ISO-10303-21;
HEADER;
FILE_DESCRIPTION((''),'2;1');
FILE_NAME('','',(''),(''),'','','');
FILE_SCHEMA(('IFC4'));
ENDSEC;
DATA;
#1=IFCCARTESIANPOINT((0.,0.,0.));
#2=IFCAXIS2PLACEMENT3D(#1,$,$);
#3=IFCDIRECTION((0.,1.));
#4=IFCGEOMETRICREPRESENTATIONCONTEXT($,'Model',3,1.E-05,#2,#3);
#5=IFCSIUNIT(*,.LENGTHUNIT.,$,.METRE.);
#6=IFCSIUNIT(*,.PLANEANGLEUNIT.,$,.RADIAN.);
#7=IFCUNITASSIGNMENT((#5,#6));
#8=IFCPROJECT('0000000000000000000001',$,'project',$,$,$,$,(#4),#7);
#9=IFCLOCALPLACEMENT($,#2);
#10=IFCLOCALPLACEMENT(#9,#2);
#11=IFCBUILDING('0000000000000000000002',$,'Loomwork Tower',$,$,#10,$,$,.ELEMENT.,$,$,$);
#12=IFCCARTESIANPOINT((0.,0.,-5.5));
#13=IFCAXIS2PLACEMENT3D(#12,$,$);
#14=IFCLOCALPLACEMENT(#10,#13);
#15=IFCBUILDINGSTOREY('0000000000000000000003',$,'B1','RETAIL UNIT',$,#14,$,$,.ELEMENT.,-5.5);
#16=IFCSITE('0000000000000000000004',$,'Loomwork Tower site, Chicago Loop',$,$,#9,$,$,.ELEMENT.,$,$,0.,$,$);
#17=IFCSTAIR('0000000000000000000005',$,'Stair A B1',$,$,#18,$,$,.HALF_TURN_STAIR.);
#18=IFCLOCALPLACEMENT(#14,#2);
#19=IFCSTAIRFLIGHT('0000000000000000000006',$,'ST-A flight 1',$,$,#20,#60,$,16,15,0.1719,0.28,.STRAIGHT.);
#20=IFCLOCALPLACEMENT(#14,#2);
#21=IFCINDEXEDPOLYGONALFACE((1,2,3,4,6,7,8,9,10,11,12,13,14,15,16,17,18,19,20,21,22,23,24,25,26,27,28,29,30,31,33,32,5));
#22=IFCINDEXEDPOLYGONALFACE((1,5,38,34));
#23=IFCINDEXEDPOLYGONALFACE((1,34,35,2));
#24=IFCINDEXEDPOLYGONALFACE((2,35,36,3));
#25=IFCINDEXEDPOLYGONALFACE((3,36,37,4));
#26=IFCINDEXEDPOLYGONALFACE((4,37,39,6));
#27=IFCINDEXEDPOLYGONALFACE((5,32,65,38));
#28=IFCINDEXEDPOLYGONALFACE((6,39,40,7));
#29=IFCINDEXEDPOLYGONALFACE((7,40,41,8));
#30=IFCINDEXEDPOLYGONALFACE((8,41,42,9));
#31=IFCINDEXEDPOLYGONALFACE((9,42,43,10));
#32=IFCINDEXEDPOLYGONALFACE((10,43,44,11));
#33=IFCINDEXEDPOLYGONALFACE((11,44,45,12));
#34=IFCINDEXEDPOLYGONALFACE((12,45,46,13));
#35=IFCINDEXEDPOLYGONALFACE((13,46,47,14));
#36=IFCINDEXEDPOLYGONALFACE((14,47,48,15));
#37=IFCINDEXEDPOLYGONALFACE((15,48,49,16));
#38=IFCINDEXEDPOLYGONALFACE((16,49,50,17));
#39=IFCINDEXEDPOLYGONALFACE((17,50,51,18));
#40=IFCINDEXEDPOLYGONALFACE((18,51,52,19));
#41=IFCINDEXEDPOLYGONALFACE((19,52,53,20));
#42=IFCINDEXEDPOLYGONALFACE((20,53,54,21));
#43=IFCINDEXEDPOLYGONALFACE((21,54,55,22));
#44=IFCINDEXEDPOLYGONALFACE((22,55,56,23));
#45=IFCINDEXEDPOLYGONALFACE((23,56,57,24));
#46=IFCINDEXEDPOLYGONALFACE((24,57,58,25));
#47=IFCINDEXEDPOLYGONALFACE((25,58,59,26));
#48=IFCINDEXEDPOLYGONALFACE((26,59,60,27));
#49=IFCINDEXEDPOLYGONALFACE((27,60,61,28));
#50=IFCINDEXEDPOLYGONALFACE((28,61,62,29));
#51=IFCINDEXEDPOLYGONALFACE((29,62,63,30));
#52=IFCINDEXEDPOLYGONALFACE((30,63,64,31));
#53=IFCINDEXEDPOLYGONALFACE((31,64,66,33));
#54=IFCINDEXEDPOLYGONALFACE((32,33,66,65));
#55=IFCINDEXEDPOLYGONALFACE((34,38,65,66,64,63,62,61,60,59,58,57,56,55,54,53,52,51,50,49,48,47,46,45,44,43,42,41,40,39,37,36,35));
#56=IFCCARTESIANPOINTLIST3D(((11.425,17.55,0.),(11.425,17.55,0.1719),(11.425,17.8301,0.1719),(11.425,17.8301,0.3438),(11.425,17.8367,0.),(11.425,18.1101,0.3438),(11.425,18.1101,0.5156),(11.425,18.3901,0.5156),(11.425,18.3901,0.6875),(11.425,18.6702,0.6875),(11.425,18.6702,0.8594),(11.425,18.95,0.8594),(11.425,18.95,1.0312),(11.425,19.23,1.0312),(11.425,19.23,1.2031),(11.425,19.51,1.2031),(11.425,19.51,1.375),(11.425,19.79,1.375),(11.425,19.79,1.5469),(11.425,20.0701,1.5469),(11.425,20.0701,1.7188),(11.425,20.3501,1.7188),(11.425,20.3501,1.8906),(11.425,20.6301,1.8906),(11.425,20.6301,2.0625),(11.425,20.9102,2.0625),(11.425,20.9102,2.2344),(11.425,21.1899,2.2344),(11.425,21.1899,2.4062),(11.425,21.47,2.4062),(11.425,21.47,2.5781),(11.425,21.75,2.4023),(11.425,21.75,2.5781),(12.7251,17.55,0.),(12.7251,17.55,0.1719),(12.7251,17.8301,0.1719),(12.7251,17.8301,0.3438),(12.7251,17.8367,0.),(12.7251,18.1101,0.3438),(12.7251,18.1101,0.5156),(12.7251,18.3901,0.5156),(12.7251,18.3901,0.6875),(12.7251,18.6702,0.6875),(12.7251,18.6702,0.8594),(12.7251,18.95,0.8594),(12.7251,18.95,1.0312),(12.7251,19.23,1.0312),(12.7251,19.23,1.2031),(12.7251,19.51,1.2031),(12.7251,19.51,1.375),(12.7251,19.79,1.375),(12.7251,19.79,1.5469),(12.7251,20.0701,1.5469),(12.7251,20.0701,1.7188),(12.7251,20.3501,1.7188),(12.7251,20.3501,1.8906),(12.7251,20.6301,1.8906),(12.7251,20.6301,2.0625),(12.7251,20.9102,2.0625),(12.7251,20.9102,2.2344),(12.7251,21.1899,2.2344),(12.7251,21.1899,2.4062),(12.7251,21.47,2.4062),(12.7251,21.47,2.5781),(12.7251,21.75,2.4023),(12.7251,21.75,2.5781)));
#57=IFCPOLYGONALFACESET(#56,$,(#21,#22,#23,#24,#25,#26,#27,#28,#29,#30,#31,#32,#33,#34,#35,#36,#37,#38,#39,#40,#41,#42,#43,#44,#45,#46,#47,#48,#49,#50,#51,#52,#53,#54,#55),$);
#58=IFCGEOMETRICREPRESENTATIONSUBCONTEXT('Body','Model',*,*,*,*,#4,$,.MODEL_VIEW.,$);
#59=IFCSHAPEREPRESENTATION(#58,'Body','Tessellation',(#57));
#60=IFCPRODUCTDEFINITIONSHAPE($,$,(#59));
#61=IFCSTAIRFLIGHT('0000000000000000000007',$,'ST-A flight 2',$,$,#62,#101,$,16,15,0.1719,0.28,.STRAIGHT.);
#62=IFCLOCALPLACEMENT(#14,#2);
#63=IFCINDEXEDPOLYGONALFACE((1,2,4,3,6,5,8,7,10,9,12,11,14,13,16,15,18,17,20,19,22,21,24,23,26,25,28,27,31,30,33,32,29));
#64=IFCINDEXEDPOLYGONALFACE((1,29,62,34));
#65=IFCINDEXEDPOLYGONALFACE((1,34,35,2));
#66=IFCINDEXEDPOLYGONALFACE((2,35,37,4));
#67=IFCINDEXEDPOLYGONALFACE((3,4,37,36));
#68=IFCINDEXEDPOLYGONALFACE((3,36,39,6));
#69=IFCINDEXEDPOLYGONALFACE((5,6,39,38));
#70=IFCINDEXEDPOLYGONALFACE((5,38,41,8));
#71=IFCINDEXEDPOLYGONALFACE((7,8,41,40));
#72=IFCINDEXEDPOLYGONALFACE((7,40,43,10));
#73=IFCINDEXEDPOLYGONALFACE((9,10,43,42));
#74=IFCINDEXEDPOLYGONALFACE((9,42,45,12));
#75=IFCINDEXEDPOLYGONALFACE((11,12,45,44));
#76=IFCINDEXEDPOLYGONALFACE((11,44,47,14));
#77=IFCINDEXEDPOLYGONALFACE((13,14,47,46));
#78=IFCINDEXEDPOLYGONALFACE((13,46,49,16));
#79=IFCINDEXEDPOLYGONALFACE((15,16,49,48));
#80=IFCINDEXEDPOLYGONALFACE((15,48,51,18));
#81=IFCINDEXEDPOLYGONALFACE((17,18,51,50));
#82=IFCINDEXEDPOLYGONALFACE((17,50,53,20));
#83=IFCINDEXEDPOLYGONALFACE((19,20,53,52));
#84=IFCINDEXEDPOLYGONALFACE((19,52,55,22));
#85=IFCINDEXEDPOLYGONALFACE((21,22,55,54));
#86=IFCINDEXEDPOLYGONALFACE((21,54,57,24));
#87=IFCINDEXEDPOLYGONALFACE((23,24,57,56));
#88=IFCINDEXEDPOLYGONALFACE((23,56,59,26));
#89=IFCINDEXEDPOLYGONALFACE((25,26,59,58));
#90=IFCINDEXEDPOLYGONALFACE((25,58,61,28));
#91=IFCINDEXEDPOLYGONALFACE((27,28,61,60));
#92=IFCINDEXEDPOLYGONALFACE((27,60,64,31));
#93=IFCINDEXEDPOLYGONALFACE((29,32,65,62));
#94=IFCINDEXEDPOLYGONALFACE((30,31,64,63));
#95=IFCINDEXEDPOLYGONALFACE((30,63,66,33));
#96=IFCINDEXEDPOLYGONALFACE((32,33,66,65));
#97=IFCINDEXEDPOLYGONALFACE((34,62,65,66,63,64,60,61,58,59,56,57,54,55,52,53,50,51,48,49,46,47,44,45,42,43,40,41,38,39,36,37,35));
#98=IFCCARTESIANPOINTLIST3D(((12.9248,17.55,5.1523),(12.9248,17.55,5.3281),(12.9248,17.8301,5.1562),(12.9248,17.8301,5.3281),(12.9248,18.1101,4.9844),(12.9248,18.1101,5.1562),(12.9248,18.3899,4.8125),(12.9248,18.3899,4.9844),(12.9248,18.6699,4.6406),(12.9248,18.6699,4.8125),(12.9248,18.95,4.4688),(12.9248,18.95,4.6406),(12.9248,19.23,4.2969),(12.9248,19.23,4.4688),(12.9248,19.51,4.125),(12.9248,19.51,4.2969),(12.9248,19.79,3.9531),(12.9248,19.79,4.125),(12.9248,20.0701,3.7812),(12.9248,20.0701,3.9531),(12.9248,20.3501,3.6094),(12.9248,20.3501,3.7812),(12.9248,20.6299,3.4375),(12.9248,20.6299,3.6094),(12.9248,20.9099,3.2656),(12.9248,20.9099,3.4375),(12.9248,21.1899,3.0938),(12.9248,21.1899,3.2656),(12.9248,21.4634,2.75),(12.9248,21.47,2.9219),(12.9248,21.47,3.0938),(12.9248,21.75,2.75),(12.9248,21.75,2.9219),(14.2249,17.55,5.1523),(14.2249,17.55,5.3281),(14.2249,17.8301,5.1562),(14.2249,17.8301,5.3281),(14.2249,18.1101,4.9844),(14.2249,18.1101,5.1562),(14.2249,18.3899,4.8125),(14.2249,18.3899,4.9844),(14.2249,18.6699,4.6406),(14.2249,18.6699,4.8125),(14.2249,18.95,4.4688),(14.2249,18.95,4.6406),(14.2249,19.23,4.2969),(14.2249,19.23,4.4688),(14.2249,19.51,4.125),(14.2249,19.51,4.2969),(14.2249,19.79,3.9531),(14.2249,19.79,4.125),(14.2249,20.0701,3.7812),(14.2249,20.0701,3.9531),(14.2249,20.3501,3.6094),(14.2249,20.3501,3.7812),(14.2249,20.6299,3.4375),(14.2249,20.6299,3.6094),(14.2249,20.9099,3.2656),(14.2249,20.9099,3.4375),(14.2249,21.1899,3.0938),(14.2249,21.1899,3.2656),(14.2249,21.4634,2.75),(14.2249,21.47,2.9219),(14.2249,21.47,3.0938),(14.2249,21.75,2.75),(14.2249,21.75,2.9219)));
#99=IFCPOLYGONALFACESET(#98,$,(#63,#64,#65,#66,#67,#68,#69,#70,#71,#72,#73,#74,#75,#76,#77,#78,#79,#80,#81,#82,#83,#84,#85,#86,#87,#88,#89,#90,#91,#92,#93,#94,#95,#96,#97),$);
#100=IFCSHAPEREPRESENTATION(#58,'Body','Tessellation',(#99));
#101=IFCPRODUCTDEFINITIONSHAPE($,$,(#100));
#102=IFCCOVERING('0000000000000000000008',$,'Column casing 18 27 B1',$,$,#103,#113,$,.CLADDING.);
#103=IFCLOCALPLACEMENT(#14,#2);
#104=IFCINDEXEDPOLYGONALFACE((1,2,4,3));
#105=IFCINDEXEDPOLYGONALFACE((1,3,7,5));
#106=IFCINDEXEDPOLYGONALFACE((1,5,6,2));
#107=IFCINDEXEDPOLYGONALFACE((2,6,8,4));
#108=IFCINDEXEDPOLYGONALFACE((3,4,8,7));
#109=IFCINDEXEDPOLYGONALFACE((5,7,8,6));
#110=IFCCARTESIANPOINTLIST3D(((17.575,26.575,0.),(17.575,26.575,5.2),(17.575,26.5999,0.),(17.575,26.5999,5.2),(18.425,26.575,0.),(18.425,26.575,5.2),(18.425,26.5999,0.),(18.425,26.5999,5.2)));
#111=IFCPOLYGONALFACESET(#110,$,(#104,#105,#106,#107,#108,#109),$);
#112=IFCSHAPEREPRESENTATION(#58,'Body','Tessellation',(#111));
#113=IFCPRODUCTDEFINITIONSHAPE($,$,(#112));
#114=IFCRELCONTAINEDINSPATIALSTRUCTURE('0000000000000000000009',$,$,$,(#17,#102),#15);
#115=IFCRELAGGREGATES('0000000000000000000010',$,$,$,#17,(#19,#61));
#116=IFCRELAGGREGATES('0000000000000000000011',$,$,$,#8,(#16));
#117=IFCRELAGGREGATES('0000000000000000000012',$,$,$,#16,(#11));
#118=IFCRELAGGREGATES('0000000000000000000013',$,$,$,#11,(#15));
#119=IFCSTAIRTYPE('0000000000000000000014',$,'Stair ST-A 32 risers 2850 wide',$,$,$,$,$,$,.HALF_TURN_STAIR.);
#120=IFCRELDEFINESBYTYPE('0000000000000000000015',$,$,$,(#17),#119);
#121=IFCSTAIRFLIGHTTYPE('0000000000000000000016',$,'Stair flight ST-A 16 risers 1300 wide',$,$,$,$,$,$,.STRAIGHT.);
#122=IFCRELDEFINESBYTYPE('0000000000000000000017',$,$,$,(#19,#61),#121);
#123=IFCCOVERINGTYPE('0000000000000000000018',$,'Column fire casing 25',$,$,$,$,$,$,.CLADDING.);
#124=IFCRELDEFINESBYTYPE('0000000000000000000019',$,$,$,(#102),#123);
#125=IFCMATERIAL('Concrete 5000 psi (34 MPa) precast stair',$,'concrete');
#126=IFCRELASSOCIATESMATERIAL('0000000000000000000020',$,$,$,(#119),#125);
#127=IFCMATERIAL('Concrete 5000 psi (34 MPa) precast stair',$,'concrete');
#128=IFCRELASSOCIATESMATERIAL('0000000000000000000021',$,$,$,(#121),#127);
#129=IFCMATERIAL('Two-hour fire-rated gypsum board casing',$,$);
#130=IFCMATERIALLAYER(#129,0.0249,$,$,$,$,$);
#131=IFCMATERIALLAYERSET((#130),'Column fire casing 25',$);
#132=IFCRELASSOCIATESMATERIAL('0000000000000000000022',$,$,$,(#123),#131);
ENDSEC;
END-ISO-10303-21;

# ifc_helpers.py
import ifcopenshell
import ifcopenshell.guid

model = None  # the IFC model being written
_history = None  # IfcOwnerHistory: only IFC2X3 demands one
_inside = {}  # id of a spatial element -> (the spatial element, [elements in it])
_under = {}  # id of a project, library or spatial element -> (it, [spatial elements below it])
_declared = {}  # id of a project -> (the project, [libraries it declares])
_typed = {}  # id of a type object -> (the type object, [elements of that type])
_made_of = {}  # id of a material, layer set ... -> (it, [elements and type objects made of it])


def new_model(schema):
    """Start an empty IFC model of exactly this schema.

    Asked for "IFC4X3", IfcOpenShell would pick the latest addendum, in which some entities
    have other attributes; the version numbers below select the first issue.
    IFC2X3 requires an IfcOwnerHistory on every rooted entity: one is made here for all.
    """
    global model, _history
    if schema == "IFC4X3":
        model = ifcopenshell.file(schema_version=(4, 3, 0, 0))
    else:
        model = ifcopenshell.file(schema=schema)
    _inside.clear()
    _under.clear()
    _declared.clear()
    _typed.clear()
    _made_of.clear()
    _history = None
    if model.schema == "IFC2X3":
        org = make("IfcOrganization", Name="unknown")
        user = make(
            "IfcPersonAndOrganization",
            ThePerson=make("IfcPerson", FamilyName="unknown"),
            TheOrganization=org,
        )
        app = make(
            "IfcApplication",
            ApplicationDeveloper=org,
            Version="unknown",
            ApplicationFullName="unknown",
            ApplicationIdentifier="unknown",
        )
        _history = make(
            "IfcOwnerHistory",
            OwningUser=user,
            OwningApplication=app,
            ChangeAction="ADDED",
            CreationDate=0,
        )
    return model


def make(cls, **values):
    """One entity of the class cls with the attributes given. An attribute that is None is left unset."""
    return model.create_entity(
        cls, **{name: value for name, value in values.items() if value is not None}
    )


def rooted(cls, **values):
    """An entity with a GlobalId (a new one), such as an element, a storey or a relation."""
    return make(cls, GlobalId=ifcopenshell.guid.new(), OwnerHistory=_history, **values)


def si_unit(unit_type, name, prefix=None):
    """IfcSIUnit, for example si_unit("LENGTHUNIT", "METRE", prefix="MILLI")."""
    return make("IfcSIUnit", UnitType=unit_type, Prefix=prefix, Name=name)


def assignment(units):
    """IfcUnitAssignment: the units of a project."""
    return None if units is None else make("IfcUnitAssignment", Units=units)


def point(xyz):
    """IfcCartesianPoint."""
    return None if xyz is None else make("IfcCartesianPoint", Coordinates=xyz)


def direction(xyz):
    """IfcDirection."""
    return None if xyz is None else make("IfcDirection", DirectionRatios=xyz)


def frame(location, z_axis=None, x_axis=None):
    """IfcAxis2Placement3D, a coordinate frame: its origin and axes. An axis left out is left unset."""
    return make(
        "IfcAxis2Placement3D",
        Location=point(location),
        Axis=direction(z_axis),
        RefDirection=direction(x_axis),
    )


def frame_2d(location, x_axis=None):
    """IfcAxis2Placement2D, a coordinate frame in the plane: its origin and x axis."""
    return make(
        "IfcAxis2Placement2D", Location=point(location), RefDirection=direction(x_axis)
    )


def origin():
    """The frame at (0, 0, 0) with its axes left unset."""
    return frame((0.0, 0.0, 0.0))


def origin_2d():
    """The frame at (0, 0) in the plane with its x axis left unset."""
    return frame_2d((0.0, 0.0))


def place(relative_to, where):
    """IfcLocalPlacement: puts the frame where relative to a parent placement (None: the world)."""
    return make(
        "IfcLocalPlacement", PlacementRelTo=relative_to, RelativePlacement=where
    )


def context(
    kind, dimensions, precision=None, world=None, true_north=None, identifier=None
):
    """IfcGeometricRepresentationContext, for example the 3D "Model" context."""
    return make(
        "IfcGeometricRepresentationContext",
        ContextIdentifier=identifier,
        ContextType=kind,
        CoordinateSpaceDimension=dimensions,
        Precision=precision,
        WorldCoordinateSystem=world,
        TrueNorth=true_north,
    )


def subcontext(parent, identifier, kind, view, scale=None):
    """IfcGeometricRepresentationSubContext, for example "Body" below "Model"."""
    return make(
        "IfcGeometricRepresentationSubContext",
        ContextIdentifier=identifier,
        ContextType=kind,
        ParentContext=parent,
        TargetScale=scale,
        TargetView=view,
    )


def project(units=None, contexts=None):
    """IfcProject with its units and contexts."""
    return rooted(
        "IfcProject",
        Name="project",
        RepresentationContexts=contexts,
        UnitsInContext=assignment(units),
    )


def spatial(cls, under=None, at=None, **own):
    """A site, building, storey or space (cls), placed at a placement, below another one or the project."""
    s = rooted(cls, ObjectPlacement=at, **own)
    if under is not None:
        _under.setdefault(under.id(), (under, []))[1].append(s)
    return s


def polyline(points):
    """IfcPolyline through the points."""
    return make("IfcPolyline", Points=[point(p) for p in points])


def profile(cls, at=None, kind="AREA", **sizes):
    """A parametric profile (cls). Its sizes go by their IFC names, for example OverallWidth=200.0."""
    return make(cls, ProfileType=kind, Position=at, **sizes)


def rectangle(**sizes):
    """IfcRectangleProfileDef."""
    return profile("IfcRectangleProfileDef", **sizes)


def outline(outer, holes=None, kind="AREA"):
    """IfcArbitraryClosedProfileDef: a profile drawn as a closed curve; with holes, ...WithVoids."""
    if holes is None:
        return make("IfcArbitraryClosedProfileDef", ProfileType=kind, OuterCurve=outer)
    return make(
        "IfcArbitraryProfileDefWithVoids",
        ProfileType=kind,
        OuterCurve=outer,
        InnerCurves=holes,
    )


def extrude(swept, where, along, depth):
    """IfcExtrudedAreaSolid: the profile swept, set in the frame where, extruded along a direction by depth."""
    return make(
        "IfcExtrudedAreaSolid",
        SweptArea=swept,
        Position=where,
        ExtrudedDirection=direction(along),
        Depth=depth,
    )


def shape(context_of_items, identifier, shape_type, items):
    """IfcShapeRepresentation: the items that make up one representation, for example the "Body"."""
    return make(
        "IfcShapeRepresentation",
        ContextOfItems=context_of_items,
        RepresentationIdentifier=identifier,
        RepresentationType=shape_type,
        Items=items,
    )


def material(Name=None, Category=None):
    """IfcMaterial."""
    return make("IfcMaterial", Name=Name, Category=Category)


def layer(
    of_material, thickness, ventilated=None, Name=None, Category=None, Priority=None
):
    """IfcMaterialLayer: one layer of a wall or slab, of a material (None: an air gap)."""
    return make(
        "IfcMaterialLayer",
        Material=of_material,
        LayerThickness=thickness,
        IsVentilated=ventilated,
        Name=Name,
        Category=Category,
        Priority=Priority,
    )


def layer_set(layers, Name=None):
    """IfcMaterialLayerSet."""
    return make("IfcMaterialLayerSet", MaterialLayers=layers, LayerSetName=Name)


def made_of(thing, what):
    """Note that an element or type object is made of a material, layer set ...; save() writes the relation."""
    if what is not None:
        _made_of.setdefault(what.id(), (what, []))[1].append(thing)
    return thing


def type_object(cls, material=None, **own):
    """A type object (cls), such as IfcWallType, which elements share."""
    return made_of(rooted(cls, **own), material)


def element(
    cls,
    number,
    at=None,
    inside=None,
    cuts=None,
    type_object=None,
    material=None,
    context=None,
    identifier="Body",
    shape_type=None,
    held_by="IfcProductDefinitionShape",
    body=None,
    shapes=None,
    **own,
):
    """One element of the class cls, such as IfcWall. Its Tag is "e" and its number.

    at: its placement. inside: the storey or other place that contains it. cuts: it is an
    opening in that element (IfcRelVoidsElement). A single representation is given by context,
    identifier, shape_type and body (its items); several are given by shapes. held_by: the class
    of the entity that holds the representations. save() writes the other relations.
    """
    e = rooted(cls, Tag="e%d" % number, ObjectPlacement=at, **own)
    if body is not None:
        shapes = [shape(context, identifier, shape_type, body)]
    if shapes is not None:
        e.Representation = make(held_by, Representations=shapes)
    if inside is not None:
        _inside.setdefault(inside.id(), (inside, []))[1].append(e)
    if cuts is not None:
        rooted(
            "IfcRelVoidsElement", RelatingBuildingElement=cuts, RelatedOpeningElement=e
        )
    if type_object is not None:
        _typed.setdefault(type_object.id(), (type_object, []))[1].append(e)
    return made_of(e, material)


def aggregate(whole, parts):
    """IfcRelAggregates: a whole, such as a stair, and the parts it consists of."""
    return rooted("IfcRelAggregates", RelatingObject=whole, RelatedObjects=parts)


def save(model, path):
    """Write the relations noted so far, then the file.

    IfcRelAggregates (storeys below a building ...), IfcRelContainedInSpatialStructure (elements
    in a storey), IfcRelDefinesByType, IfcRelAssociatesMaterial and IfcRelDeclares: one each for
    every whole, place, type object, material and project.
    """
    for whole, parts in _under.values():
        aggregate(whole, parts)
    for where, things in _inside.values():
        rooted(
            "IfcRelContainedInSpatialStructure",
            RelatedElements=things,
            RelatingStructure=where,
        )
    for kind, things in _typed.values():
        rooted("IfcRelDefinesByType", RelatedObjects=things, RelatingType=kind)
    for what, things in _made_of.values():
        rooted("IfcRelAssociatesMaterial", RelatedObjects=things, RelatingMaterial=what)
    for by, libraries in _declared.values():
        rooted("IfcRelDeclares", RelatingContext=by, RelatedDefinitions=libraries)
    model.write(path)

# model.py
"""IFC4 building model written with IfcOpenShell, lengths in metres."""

from ifc_helpers import new_model, si_unit, direction, frame, origin, origin_2d, place, context, subcontext, project, spatial, polyline, rectangle, outline, extrude, material, layer, layer_set, type_object, element, aggregate, save


model = new_model("IFC4")

# Units and contexts
model_context = context("Model", 3, precision=1e-05, world=origin(), true_north=direction((0.0, 1.0)))
body_context = subcontext(model_context, "Body", "Model", "MODEL_VIEW")
ifc_project = project(units=[si_unit("LENGTHUNIT", "METRE"), si_unit("PLANEANGLEUNIT", "RADIAN")], contexts=[model_context])

# Site, building, storey
site_placement = place(None, origin())
site = spatial("IfcSite", under=ifc_project, at=site_placement, Name="Loomwork Tower site, Chicago Loop", CompositionType="ELEMENT", RefElevation=0.0)
building_placement = place(site_placement, origin())
building = spatial("IfcBuilding", under=site, at=building_placement, Name="Loomwork Tower", CompositionType="ELEMENT")
storey_placement = place(building_placement, frame((0.0, 0.0, -5.5)))
storey = spatial("IfcBuildingStorey", under=building, at=storey_placement, Name="B1", Description="RETAIL UNIT", CompositionType="ELEMENT", Elevation=-5.5)

# Stair, stair flights
ifc_material_1 = material(Name="Concrete 5000 psi (34 MPa) precast stair", Category="concrete")
stair_type = type_object("IfcStairType", Name="Stair ST-A 32 risers 2850 wide", PredefinedType="HALF_TURN_STAIR", material=ifc_material_1)
stair_placement = place(storey_placement, origin())
stair = element("IfcStair", 1, at=stair_placement, inside=storey, type_object=stair_type, Name="Stair A B1", PredefinedType="HALF_TURN_STAIR")
ifc_material_2 = material(Name="Concrete 5000 psi (34 MPa) precast stair", Category="concrete")
stair_flight_type = type_object("IfcStairFlightType", Name="Stair flight ST-A 16 risers 1300 wide", PredefinedType="STRAIGHT", material=ifc_material_2)
stair_flight_1_placement = place(storey_placement, frame((12.075, 17.55, 0.0), z_axis=(0.0, 0.0, 1.0), x_axis=(0.0, 1.0, 0.0)))
stair_flight_1 = element("IfcStairFlight", 2, at=stair_flight_1_placement, type_object=stair_flight_type, Name="ST-A flight 1", NumberOfRisers=16, NumberOfTreads=15, PredefinedType="STRAIGHT", RiserHeight=0.1719, TreadLength=0.28, context=body_context, shape_type="SweptSolid", body=[
    extrude(outline(polyline([(0.0, 0.0), (0.0, 0.1719), (0.28, 0.1719), (0.28, 0.3438), (0.5601, 0.3438), (0.5601, 0.5156), (0.8401, 0.5156), (0.8401, 0.6875), (1.1201, 0.6875), (1.1201, 0.8594), (1.3999, 0.8594), (1.3999, 1.0312), (1.6799, 1.0312), (1.6799, 1.2031), (1.96, 1.2031), (1.96, 1.375), (2.24, 1.375), (2.24, 1.5469), (2.52, 1.5469), (2.52, 1.7188), (2.8, 1.7188), (2.8, 1.8906), (3.0801, 1.8906), (3.0801, 2.0625), (3.3601, 2.0625), (3.3601, 2.2344), (3.6399, 2.2344), (3.6399, 2.4062), (3.9199, 2.4062), (3.9199, 2.5781), (4.2, 2.5781), (4.2, 2.75), (4.2, 2.4023), (0.2866, 0.0), (0.0, 0.0)])), frame((0.0, 0.6499, 0.0), z_axis=(0.0, -1.0, 0.0), x_axis=(1.0, 0.0, 0.0)), (0.0, 0.0, 1.0), 1.3),
])
stair_flight_2_placement = place(storey_placement, frame((13.575, 21.75, 2.75), z_axis=(0.0, 0.0, 1.0), x_axis=(0.0, -1.0, 0.0)))
stair_flight_2 = element("IfcStairFlight", 3, at=stair_flight_2_placement, type_object=stair_flight_type, Name="ST-A flight 2", NumberOfRisers=16, NumberOfTreads=15, PredefinedType="STRAIGHT", RiserHeight=0.1719, TreadLength=0.28, context=body_context, shape_type="SweptSolid", body=[
    extrude(outline(polyline([(0.0, 0.0), (0.0, 0.1719), (0.28, 0.1719), (0.28, 0.3438), (0.5601, 0.3438), (0.5601, 0.5156), (0.8401, 0.5156), (0.8401, 0.6875), (1.1201, 0.6875), (1.1201, 0.8594), (1.3999, 0.8594), (1.3999, 1.0312), (1.6799, 1.0312), (1.6799, 1.2031), (1.96, 1.2031), (1.96, 1.375), (2.24, 1.375), (2.24, 1.5469), (2.52, 1.5469), (2.52, 1.7188), (2.8, 1.7188), (2.8, 1.8906), (3.0801, 1.8906), (3.0801, 2.0625), (3.3601, 2.0625), (3.3601, 2.2344), (3.6399, 2.2344), (3.6399, 2.4062), (3.9199, 2.4062), (3.9199, 2.5781), (4.2, 2.5781), (4.2, 2.75), (4.2, 2.4023), (0.2866, 0.0), (0.0, 0.0)])), frame((0.0, 0.6499, 0.0), z_axis=(0.0, -1.0, 0.0), x_axis=(1.0, 0.0, 0.0)), (0.0, 0.0, 1.0), 1.3),
])
aggregate(stair, [stair_flight_1, stair_flight_2])

# Covering
ifc_material_3 = material(Name="Two-hour fire-rated gypsum board casing")
ifc_layer_1 = layer(ifc_material_3, 0.0249)
ifc_layer_set_1 = layer_set([ifc_layer_1], Name="Column fire casing 25")
covering_type = type_object("IfcCoveringType", Name="Column fire casing 25", PredefinedType="CLADDING", material=ifc_layer_set_1)
covering_placement = place(storey_placement, frame((18.0, 26.5874, 0.0), z_axis=(0.0, 0.0, 1.0), x_axis=(1.0, 0.0, 0.0)))
element("IfcCovering", 4, at=covering_placement, inside=storey, type_object=covering_type, Name="Column casing 18 27 B1", PredefinedType="CLADDING", context=body_context, shape_type="SweptSolid", body=[
    extrude(rectangle(XDim=0.8501, YDim=0.0249, at=origin_2d()), origin(), (0.0, 0.0, 1.0), 5.2),
])

save(model, "model.ifc")
